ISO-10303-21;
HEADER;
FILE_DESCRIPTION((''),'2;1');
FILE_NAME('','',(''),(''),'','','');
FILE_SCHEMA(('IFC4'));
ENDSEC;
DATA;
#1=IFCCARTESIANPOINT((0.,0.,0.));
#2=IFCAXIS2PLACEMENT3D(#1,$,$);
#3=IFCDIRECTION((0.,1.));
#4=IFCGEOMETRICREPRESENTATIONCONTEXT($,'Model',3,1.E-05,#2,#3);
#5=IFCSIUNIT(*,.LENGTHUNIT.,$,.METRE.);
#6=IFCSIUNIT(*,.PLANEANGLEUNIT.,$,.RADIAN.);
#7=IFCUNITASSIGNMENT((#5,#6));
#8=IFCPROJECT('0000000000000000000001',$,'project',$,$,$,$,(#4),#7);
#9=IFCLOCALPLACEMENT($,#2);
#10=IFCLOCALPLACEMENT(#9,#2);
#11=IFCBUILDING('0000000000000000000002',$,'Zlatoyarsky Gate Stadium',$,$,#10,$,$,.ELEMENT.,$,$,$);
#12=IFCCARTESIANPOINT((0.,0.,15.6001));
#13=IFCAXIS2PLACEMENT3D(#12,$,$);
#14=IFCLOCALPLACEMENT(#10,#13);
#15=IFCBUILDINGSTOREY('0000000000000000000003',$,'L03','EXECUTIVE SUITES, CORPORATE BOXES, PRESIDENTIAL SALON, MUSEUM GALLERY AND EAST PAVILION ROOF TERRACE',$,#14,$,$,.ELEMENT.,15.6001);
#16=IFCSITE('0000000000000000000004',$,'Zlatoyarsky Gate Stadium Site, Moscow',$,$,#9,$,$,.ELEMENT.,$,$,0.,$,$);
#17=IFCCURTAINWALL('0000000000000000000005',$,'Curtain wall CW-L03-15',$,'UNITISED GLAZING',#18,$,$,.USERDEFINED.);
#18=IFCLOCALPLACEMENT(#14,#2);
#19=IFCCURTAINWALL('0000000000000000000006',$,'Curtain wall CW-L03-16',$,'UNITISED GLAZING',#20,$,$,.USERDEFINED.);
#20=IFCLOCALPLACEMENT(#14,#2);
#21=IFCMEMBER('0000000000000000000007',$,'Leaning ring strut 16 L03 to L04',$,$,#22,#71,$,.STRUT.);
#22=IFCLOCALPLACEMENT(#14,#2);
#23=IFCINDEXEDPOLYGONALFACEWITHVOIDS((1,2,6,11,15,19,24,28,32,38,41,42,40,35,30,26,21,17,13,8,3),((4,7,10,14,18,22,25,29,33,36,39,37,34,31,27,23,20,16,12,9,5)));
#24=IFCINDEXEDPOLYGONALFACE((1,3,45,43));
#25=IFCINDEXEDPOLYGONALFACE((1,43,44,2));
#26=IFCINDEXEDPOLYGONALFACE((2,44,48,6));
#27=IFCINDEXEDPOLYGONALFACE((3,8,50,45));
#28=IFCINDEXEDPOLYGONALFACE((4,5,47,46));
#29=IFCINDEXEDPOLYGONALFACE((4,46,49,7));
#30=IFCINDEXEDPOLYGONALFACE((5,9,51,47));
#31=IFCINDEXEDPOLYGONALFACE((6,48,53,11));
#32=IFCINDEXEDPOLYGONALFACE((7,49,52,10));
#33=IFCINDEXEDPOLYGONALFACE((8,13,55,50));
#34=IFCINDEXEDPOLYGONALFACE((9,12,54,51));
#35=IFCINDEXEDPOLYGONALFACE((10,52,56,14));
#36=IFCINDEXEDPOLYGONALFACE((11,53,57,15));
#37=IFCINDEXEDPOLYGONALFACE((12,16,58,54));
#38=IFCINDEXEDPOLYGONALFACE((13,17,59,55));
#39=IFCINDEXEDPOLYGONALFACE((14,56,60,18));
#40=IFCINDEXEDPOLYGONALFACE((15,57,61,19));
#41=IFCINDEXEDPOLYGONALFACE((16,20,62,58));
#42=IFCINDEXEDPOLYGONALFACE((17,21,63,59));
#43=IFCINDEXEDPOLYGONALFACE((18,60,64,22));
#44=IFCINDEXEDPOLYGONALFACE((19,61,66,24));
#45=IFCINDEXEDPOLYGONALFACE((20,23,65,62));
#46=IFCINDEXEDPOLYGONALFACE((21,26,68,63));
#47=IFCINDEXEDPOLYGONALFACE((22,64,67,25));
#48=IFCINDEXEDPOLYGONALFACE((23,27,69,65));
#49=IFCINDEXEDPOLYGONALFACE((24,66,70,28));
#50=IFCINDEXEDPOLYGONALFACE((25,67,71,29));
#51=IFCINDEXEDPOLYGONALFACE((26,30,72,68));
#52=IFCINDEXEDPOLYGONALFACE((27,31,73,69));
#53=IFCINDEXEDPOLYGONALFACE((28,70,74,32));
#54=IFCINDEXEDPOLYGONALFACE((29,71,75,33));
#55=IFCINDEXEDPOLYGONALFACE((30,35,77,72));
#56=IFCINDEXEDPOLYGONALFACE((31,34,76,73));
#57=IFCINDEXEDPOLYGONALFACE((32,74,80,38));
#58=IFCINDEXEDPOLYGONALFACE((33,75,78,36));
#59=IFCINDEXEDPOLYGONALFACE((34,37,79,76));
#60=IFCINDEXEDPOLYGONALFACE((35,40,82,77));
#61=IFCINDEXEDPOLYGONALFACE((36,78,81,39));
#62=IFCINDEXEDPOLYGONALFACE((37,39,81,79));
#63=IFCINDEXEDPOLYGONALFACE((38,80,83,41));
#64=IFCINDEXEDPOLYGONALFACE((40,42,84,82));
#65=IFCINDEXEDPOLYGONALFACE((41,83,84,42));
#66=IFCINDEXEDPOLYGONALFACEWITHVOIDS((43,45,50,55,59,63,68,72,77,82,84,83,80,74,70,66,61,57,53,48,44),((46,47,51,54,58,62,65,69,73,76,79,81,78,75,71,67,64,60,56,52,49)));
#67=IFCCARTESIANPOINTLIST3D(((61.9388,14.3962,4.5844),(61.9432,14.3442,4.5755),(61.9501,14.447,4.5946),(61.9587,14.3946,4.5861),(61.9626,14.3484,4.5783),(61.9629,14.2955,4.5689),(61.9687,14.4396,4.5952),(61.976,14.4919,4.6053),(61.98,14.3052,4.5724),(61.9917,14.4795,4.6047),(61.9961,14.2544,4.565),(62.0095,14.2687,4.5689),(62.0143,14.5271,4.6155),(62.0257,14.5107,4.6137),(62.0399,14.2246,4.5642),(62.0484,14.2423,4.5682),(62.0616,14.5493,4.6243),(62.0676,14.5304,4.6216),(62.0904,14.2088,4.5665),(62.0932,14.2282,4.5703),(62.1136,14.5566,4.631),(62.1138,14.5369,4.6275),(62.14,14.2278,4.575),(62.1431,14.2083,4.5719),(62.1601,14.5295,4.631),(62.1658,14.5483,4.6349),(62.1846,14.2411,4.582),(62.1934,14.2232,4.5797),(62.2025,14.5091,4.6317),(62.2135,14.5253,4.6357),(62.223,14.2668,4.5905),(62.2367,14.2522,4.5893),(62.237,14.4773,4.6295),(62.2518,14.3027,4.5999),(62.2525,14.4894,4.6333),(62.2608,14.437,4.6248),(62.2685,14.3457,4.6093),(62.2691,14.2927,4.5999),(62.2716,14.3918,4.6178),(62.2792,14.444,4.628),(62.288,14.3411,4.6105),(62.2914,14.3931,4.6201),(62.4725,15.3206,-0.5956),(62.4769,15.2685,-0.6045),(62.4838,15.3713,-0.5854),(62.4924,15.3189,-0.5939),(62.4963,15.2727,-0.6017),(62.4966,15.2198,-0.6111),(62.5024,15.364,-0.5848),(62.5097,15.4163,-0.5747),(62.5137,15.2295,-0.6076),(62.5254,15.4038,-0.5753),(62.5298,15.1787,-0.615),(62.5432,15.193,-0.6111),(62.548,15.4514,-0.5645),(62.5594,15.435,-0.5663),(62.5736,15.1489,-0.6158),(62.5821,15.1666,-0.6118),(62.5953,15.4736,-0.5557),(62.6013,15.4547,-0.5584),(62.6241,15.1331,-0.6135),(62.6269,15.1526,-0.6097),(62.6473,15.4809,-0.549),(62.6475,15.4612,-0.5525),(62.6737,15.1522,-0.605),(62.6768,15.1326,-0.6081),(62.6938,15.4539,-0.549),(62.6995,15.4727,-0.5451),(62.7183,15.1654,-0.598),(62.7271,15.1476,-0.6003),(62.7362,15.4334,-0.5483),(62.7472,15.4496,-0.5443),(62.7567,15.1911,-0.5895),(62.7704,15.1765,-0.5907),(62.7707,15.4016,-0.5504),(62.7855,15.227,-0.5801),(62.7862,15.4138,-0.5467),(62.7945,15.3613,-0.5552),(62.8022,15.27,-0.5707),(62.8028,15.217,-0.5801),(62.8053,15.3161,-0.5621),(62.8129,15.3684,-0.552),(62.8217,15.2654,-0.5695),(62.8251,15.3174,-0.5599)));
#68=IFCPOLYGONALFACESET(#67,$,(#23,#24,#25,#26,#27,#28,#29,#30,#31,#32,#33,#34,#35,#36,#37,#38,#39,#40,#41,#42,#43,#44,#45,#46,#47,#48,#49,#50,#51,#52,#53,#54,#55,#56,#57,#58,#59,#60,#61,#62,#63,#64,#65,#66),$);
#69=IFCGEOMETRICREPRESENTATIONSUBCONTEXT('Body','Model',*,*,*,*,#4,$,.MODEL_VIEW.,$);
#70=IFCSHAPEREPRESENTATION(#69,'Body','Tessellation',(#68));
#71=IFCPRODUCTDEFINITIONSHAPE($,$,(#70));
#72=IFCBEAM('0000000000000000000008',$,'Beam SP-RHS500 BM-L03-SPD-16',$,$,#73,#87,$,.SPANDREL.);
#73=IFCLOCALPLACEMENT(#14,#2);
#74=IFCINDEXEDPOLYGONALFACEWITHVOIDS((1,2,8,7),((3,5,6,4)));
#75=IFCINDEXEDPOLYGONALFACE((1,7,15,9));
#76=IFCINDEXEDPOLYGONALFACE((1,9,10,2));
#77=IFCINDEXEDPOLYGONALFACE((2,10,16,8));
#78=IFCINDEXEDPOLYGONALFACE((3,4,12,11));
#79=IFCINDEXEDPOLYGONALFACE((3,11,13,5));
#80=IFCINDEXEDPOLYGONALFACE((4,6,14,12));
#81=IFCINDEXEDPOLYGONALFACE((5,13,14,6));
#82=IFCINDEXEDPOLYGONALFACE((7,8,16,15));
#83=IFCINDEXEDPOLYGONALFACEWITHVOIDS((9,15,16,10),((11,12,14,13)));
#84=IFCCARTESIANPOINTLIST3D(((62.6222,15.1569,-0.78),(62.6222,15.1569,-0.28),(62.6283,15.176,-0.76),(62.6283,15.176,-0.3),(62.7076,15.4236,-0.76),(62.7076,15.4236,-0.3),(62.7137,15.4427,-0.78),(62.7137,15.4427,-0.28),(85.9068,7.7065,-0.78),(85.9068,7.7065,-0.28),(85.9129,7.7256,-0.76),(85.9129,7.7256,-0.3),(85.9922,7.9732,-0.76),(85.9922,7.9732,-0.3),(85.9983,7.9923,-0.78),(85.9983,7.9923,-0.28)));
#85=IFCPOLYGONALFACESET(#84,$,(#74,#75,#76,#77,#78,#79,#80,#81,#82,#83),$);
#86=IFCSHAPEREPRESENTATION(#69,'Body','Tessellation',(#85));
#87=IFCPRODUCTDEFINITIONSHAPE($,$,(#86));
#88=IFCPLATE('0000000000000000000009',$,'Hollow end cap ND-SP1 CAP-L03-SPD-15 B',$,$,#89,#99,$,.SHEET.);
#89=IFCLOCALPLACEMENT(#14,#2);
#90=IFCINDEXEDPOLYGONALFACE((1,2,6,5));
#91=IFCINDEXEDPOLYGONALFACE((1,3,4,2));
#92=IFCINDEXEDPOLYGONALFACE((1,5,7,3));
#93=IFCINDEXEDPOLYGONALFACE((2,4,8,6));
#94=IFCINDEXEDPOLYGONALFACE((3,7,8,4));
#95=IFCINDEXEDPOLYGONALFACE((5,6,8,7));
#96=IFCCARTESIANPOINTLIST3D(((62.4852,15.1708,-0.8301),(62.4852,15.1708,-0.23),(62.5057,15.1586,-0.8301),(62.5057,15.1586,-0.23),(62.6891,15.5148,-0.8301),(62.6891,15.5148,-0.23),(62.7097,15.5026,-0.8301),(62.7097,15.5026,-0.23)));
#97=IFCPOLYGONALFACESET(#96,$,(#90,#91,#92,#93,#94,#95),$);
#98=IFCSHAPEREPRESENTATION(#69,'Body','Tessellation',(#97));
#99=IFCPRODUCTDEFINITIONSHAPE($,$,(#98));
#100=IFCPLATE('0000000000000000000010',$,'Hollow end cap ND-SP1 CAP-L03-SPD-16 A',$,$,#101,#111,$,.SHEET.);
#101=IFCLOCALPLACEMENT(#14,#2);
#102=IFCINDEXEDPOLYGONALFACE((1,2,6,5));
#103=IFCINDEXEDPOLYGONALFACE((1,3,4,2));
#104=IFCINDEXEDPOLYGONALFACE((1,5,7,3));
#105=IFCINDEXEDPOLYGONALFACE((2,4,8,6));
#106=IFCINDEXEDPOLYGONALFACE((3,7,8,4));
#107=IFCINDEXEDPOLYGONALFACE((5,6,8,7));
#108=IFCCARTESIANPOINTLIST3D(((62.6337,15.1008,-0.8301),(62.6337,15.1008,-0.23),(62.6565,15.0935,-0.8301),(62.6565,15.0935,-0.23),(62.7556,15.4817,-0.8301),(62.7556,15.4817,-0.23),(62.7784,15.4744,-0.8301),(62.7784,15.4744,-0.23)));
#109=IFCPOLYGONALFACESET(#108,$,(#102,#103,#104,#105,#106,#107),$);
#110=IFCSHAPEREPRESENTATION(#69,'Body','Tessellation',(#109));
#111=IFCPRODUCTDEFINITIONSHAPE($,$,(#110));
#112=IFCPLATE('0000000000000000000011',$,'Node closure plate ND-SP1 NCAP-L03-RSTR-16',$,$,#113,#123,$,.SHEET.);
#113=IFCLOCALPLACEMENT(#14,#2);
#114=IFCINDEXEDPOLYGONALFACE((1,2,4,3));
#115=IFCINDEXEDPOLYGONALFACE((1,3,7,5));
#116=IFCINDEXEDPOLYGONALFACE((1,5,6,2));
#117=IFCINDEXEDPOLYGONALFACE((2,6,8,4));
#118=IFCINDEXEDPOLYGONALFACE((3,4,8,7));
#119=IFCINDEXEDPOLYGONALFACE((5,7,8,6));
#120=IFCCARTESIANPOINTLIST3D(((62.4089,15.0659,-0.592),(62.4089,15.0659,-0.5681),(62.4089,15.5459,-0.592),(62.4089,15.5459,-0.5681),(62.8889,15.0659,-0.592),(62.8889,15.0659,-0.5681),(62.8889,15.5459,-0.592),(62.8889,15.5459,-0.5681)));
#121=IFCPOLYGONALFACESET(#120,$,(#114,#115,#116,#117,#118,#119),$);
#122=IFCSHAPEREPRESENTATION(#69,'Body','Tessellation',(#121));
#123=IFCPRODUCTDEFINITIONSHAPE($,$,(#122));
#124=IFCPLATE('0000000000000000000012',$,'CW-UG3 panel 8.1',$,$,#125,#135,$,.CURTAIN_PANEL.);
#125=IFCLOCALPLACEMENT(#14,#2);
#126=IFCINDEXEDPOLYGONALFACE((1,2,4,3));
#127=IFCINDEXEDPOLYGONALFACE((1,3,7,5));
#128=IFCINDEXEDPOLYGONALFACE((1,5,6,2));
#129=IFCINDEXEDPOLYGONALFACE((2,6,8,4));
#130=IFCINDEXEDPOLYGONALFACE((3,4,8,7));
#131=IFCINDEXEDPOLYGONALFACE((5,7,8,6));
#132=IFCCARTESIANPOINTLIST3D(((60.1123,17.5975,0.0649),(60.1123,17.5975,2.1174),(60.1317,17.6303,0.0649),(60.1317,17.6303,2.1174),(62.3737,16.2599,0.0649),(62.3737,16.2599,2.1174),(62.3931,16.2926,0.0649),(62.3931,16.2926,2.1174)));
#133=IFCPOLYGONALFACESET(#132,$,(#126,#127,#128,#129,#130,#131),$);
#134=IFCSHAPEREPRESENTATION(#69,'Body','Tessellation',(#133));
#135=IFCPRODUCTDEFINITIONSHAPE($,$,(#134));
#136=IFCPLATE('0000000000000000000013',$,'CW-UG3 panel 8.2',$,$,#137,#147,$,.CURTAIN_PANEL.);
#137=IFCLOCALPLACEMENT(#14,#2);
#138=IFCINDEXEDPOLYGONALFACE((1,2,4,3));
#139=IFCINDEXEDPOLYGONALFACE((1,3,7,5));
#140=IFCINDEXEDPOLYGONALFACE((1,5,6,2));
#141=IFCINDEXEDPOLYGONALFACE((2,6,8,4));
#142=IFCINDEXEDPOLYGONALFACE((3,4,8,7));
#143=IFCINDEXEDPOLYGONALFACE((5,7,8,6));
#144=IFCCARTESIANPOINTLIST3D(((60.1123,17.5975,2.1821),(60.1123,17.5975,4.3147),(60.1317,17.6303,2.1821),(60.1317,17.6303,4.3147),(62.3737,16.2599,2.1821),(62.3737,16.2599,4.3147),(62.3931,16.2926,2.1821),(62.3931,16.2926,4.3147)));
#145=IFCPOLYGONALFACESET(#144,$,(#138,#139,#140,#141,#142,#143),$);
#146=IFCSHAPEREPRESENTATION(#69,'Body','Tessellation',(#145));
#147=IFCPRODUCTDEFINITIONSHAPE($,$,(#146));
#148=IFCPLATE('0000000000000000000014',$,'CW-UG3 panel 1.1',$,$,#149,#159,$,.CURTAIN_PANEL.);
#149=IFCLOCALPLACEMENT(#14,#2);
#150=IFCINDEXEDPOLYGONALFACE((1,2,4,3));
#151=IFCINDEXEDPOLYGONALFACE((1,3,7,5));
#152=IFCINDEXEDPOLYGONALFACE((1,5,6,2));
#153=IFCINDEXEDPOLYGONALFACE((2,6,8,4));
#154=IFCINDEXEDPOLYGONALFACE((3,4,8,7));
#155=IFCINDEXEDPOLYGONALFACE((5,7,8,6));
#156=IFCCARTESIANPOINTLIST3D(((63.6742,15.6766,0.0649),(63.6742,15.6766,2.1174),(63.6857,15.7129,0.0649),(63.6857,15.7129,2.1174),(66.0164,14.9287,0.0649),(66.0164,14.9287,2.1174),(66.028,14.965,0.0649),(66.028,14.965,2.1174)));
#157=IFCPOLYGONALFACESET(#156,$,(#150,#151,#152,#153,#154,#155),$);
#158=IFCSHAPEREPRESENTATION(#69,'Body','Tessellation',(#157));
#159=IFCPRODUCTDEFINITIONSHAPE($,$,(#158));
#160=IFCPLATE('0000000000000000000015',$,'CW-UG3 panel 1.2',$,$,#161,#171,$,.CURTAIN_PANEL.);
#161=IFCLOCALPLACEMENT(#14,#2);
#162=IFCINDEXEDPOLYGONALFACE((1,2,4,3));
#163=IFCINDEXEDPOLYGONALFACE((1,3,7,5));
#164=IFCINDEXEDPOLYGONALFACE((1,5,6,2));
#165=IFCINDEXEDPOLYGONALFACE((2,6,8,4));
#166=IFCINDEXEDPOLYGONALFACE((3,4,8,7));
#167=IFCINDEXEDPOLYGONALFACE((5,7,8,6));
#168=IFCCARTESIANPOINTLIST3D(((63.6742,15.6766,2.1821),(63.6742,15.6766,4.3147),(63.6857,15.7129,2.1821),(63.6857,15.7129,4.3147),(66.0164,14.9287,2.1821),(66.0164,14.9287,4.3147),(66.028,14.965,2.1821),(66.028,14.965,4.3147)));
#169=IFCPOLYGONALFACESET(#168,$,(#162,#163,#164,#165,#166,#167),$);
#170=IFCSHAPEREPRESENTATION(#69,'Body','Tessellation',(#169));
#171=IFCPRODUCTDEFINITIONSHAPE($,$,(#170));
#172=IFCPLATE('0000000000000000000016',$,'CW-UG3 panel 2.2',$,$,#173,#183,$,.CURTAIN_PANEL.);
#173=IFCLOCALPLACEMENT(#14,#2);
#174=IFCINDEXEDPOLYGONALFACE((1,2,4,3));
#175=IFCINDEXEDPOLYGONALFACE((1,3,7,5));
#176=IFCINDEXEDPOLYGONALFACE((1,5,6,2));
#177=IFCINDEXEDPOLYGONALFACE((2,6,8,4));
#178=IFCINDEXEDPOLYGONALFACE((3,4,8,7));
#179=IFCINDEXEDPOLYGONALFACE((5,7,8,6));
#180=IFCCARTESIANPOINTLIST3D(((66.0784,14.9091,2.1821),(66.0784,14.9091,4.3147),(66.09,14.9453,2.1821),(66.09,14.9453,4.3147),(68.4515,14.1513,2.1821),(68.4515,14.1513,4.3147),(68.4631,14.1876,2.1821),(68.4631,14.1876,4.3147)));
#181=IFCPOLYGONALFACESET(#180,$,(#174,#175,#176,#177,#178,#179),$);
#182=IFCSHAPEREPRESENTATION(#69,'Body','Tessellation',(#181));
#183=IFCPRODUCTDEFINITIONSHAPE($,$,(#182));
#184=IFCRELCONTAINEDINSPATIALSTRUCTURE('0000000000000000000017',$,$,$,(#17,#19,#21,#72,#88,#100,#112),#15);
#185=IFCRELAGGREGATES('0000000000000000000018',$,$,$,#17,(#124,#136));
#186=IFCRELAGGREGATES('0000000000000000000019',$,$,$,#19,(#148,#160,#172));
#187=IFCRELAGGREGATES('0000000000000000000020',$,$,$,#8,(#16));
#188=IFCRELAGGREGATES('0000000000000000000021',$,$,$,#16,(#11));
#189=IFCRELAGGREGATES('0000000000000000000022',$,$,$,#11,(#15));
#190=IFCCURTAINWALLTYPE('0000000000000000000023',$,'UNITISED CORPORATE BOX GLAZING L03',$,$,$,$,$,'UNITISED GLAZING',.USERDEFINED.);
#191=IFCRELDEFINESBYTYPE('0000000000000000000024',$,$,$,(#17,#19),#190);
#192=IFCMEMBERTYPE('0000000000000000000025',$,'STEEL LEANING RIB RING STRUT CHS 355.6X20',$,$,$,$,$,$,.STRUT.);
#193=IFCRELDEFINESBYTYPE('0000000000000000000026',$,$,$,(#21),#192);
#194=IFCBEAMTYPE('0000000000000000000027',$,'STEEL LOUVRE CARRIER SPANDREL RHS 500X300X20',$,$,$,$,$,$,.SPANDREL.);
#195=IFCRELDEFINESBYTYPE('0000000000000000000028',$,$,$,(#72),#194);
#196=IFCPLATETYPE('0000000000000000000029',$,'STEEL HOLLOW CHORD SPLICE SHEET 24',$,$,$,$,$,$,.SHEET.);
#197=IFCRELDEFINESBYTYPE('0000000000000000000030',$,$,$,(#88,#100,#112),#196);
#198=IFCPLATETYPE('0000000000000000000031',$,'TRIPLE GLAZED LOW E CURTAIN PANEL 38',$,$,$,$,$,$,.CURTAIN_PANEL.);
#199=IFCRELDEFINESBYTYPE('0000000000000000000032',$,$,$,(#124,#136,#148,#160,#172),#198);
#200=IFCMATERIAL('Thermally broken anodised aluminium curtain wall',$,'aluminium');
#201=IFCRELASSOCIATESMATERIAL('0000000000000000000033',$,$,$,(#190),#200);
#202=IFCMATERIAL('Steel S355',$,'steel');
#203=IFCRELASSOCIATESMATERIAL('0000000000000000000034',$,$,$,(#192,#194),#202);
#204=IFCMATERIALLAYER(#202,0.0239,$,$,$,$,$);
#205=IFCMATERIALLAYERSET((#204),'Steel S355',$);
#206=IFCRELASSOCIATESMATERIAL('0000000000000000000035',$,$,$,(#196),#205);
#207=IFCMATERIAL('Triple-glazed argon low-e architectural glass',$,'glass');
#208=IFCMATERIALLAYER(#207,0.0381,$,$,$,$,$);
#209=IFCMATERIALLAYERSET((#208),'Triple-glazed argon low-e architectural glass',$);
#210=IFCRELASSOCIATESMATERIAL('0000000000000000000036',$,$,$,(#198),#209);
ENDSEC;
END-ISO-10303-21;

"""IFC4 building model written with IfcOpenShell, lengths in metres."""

from ifc_helpers import new_model, si_unit, direction, frame, origin, origin_2d, place, context, subcontext, project, spatial, rectangle, hollow_rectangle, hollow_circle, extrude, material, layer, layer_set, material_profile, profile_set, type_object, element, aggregate, save


model = new_model("IFC4")

# Units and contexts
model_context = context("Model", 3, precision=1e-05, world=origin(), true_north=direction((0.0, 1.0)))
body_context = subcontext(model_context, "Body", "Model", "MODEL_VIEW")
ifc_project = project(units=[si_unit("LENGTHUNIT", "METRE"), si_unit("PLANEANGLEUNIT", "RADIAN")], contexts=[model_context])

# Site, building, storey
site_placement = place(None, origin())
site = spatial("IfcSite", under=ifc_project, at=site_placement, Name="Zlatoyarsky Gate Stadium Site, Moscow", CompositionType="ELEMENT", RefElevation=0.0)
building_placement = place(site_placement, origin())
building = spatial("IfcBuilding", under=site, at=building_placement, Name="Zlatoyarsky Gate Stadium", CompositionType="ELEMENT")
storey_placement = place(building_placement, frame((0.0, 0.0, 15.6001)))
storey = spatial("IfcBuildingStorey", under=building, at=storey_placement, Name="L03", Description="EXECUTIVE SUITES, CORPORATE BOXES, PRESIDENTIAL SALON, MUSEUM GALLERY AND EAST PAVILION ROOF TERRACE", CompositionType="ELEMENT", Elevation=15.6001)

# Curtain wall
ifc_material_1 = material(Name="Thermally broken anodised aluminium curtain wall", Category="aluminium")
curtain_wall_type = type_object("IfcCurtainWallType", Name="UNITISED CORPORATE BOX GLAZING L03", ElementType="UNITISED GLAZING", PredefinedType="USERDEFINED", material=ifc_material_1)
curtain_wall_1_placement = place(storey_placement, origin())
curtain_wall_1 = element("IfcCurtainWall", 1, at=curtain_wall_1_placement, inside=storey, type_object=curtain_wall_type, Name="Curtain wall CW-L03-15", ObjectType="UNITISED GLAZING", PredefinedType="USERDEFINED")

# Curtain wall
curtain_wall_2_placement = place(storey_placement, origin())
curtain_wall_2 = element("IfcCurtainWall", 2, at=curtain_wall_2_placement, inside=storey, type_object=curtain_wall_type, Name="Curtain wall CW-L03-16", ObjectType="UNITISED GLAZING", PredefinedType="USERDEFINED")

# Member
ifc_material_2 = material(Name="Steel S355", Category="steel")
ifc_material_profile_1 = material_profile(ifc_material_2, hollow_circle(Radius=0.1777, WallThickness=0.02, at=origin_2d()), Name="CHS 355.6X20")
ifc_profile_set_1 = profile_set([ifc_material_profile_1], Name="Steel S355")
member_type_1 = type_object("IfcMemberType", Name="STEEL LEANING RIB RING STRUT CHS 355.6X20", PredefinedType="STRUT", material=ifc_profile_set_1)
member_1_placement = place(storey_placement, frame((62.6489, 15.3059, -0.5801), z_axis=(-0.100911, -0.17477, 0.979425), x_axis=(0.86601, -0.500026, 0.0)))
element("IfcMember", 3, at=member_1_placement, inside=storey, type_object=member_type_1, Name="Leaning ring strut 16 L03 to L04", PredefinedType="STRUT", context=body_context, shape_type="SweptSolid", body=[
    extrude(hollow_circle(Radius=0.1777, WallThickness=0.02, at=origin_2d()), origin(), (0.0, 0.0, 1.0), 5.2888),
])

# Beam
ifc_material_profile_2 = material_profile(ifc_material_2, hollow_rectangle(XDim=0.3, YDim=0.5, WallThickness=0.02, at=origin_2d()), Name="RHS 500X300X20")
ifc_profile_set_2 = profile_set([ifc_material_profile_2], Name="Steel S355")
beam_type = type_object("IfcBeamType", Name="STEEL LOUVRE CARRIER SPANDREL RHS 500X300X20", PredefinedType="SPANDREL", material=ifc_profile_set_2)
beam_placement = place(storey_placement, frame((62.668, 15.2998, -0.53), z_axis=(0.952432, -0.304751, 0.0), x_axis=(0.304751, 0.952432, 0.0)))
element("IfcBeam", 4, at=beam_placement, inside=storey, type_object=beam_type, Name="Beam SP-RHS500 BM-L03-SPD-16", PredefinedType="SPANDREL", context=body_context, shape_type="SweptSolid", body=[
    extrude(hollow_rectangle(XDim=0.3, YDim=0.5, WallThickness=0.02, at=origin_2d()), origin(), (0.0, 0.0, 1.0), 24.4475),
])

# Plates
ifc_layer_1 = layer(ifc_material_2, 0.0239)
ifc_layer_set_1 = layer_set([ifc_layer_1], Name="Steel S355")
plate_type_1 = type_object("IfcPlateType", Name="STEEL HOLLOW CHORD SPLICE SHEET 24", PredefinedType="SHEET", material=ifc_layer_set_1)
for number, where, z_axis, x_axis, name in (
    (5, (62.5974, 15.3367, -0.8301), (0.0, 0.0, 1.0), (0.860229, -0.509908, 0.0), "Hollow end cap ND-SP1 CAP-L03-SPD-15 B"),
    (6, (62.7061, 15.2876, -0.8301), (0.0, 0.0, 1.0), (0.95243, -0.304759, 0.0), "Hollow end cap ND-SP1 CAP-L03-SPD-16 A"),
):
    element("IfcPlate", number, at=place(storey_placement, frame(where, z_axis=z_axis, x_axis=x_axis)), inside=storey, type_object=plate_type_1, Name=name, PredefinedType="SHEET", context=body_context, shape_type="SweptSolid", body=[
        extrude(rectangle(XDim=0.0239, YDim=0.3999, at=origin_2d()), origin(), (0.0, 0.0, 1.0), 0.6001),
    ])
plate_1_placement = place(storey_placement, frame((62.6489, 15.3059, -0.592), z_axis=(0.0, 0.0, 1.0), x_axis=(1.0, 0.0, 0.0)))
element("IfcPlate", 7, at=plate_1_placement, inside=storey, type_object=plate_type_1, Name="Node closure plate ND-SP1 NCAP-L03-RSTR-16", PredefinedType="SHEET", context=body_context, shape_type="SweptSolid", body=[
    extrude(rectangle(XDim=0.48, YDim=0.48, at=origin_2d()), origin(), (0.0, 0.0, 1.0), 0.0239),
])

# Plates
ifc_material_3 = material(Name="Triple-glazed argon low-e architectural glass", Category="glass")
ifc_layer_2 = layer(ifc_material_3, 0.0381)
ifc_layer_set_2 = layer_set([ifc_layer_2], Name="Triple-glazed argon low-e architectural glass")
plate_type_2 = type_object("IfcPlateType", Name="TRIPLE GLAZED LOW E CURTAIN PANEL 38", PredefinedType="CURTAIN_PANEL", material=ifc_layer_set_2)
plate_2_placement = place(storey_placement, frame((61.2527, 16.9451, 0.0649), z_axis=(0.0, 0.0, 1.0), x_axis=(0.860708, -0.509098, 0.0)))
plate_2 = element("IfcPlate", 8, at=plate_2_placement, type_object=plate_type_2, Name="CW-UG3 panel 8.1", PredefinedType="CURTAIN_PANEL", context=body_context, shape_type="SweptSolid", body=[
    extrude(rectangle(XDim=2.6274, YDim=0.0381, at=origin_2d()), origin(), (0.0, 0.0, 1.0), 2.0525),
])
plate_3_placement = place(storey_placement, frame((61.2527, 16.9451, 2.1821), z_axis=(0.0, 0.0, 1.0), x_axis=(0.860708, -0.509098, 0.0)))
plate_3 = element("IfcPlate", 9, at=plate_3_placement, type_object=plate_type_2, Name="CW-UG3 panel 8.2", PredefinedType="CURTAIN_PANEL", context=body_context, shape_type="SweptSolid", body=[
    extrude(rectangle(XDim=2.6274, YDim=0.0381, at=origin_2d()), origin(), (0.0, 0.0, 1.0), 2.1326),
])
aggregate(curtain_wall_1, [plate_2, plate_3])
plate_4_placement = place(storey_placement, frame((64.8511, 15.3208, 0.0649), z_axis=(0.0, 0.0, 1.0), x_axis=(0.95262, -0.304162, 0.0)))
plate_4 = element("IfcPlate", 10, at=plate_4_placement, type_object=plate_type_2, Name="CW-UG3 panel 1.1", PredefinedType="CURTAIN_PANEL", context=body_context, shape_type="SweptSolid", body=[
    extrude(rectangle(XDim=2.4587, YDim=0.0381, at=origin_2d()), origin(), (0.0, 0.0, 1.0), 2.0525),
])
plate_5_placement = place(storey_placement, frame((64.8511, 15.3208, 2.1821), z_axis=(0.0, 0.0, 1.0), x_axis=(0.95262, -0.304162, 0.0)))
plate_5 = element("IfcPlate", 11, at=plate_5_placement, type_object=plate_type_2, Name="CW-UG3 panel 1.2", PredefinedType="CURTAIN_PANEL", context=body_context, shape_type="SweptSolid", body=[
    extrude(rectangle(XDim=2.4587, YDim=0.0381, at=origin_2d()), origin(), (0.0, 0.0, 1.0), 2.1326),
])
plate_6_placement = place(storey_placement, frame((67.2708, 14.5483, 2.1821), z_axis=(0.0, 0.0, 1.0), x_axis=(0.95262, -0.304162, 0.0)))
plate_6 = element("IfcPlate", 12, at=plate_6_placement, type_object=plate_type_2, Name="CW-UG3 panel 2.2", PredefinedType="CURTAIN_PANEL", context=body_context, shape_type="SweptSolid", body=[
    extrude(rectangle(XDim=2.4912, YDim=0.0381, at=origin_2d()), origin(), (0.0, 0.0, 1.0), 2.1326),
])
aggregate(curtain_wall_2, [plate_4, plate_5, plate_6])

save(model, "model.ifc")
